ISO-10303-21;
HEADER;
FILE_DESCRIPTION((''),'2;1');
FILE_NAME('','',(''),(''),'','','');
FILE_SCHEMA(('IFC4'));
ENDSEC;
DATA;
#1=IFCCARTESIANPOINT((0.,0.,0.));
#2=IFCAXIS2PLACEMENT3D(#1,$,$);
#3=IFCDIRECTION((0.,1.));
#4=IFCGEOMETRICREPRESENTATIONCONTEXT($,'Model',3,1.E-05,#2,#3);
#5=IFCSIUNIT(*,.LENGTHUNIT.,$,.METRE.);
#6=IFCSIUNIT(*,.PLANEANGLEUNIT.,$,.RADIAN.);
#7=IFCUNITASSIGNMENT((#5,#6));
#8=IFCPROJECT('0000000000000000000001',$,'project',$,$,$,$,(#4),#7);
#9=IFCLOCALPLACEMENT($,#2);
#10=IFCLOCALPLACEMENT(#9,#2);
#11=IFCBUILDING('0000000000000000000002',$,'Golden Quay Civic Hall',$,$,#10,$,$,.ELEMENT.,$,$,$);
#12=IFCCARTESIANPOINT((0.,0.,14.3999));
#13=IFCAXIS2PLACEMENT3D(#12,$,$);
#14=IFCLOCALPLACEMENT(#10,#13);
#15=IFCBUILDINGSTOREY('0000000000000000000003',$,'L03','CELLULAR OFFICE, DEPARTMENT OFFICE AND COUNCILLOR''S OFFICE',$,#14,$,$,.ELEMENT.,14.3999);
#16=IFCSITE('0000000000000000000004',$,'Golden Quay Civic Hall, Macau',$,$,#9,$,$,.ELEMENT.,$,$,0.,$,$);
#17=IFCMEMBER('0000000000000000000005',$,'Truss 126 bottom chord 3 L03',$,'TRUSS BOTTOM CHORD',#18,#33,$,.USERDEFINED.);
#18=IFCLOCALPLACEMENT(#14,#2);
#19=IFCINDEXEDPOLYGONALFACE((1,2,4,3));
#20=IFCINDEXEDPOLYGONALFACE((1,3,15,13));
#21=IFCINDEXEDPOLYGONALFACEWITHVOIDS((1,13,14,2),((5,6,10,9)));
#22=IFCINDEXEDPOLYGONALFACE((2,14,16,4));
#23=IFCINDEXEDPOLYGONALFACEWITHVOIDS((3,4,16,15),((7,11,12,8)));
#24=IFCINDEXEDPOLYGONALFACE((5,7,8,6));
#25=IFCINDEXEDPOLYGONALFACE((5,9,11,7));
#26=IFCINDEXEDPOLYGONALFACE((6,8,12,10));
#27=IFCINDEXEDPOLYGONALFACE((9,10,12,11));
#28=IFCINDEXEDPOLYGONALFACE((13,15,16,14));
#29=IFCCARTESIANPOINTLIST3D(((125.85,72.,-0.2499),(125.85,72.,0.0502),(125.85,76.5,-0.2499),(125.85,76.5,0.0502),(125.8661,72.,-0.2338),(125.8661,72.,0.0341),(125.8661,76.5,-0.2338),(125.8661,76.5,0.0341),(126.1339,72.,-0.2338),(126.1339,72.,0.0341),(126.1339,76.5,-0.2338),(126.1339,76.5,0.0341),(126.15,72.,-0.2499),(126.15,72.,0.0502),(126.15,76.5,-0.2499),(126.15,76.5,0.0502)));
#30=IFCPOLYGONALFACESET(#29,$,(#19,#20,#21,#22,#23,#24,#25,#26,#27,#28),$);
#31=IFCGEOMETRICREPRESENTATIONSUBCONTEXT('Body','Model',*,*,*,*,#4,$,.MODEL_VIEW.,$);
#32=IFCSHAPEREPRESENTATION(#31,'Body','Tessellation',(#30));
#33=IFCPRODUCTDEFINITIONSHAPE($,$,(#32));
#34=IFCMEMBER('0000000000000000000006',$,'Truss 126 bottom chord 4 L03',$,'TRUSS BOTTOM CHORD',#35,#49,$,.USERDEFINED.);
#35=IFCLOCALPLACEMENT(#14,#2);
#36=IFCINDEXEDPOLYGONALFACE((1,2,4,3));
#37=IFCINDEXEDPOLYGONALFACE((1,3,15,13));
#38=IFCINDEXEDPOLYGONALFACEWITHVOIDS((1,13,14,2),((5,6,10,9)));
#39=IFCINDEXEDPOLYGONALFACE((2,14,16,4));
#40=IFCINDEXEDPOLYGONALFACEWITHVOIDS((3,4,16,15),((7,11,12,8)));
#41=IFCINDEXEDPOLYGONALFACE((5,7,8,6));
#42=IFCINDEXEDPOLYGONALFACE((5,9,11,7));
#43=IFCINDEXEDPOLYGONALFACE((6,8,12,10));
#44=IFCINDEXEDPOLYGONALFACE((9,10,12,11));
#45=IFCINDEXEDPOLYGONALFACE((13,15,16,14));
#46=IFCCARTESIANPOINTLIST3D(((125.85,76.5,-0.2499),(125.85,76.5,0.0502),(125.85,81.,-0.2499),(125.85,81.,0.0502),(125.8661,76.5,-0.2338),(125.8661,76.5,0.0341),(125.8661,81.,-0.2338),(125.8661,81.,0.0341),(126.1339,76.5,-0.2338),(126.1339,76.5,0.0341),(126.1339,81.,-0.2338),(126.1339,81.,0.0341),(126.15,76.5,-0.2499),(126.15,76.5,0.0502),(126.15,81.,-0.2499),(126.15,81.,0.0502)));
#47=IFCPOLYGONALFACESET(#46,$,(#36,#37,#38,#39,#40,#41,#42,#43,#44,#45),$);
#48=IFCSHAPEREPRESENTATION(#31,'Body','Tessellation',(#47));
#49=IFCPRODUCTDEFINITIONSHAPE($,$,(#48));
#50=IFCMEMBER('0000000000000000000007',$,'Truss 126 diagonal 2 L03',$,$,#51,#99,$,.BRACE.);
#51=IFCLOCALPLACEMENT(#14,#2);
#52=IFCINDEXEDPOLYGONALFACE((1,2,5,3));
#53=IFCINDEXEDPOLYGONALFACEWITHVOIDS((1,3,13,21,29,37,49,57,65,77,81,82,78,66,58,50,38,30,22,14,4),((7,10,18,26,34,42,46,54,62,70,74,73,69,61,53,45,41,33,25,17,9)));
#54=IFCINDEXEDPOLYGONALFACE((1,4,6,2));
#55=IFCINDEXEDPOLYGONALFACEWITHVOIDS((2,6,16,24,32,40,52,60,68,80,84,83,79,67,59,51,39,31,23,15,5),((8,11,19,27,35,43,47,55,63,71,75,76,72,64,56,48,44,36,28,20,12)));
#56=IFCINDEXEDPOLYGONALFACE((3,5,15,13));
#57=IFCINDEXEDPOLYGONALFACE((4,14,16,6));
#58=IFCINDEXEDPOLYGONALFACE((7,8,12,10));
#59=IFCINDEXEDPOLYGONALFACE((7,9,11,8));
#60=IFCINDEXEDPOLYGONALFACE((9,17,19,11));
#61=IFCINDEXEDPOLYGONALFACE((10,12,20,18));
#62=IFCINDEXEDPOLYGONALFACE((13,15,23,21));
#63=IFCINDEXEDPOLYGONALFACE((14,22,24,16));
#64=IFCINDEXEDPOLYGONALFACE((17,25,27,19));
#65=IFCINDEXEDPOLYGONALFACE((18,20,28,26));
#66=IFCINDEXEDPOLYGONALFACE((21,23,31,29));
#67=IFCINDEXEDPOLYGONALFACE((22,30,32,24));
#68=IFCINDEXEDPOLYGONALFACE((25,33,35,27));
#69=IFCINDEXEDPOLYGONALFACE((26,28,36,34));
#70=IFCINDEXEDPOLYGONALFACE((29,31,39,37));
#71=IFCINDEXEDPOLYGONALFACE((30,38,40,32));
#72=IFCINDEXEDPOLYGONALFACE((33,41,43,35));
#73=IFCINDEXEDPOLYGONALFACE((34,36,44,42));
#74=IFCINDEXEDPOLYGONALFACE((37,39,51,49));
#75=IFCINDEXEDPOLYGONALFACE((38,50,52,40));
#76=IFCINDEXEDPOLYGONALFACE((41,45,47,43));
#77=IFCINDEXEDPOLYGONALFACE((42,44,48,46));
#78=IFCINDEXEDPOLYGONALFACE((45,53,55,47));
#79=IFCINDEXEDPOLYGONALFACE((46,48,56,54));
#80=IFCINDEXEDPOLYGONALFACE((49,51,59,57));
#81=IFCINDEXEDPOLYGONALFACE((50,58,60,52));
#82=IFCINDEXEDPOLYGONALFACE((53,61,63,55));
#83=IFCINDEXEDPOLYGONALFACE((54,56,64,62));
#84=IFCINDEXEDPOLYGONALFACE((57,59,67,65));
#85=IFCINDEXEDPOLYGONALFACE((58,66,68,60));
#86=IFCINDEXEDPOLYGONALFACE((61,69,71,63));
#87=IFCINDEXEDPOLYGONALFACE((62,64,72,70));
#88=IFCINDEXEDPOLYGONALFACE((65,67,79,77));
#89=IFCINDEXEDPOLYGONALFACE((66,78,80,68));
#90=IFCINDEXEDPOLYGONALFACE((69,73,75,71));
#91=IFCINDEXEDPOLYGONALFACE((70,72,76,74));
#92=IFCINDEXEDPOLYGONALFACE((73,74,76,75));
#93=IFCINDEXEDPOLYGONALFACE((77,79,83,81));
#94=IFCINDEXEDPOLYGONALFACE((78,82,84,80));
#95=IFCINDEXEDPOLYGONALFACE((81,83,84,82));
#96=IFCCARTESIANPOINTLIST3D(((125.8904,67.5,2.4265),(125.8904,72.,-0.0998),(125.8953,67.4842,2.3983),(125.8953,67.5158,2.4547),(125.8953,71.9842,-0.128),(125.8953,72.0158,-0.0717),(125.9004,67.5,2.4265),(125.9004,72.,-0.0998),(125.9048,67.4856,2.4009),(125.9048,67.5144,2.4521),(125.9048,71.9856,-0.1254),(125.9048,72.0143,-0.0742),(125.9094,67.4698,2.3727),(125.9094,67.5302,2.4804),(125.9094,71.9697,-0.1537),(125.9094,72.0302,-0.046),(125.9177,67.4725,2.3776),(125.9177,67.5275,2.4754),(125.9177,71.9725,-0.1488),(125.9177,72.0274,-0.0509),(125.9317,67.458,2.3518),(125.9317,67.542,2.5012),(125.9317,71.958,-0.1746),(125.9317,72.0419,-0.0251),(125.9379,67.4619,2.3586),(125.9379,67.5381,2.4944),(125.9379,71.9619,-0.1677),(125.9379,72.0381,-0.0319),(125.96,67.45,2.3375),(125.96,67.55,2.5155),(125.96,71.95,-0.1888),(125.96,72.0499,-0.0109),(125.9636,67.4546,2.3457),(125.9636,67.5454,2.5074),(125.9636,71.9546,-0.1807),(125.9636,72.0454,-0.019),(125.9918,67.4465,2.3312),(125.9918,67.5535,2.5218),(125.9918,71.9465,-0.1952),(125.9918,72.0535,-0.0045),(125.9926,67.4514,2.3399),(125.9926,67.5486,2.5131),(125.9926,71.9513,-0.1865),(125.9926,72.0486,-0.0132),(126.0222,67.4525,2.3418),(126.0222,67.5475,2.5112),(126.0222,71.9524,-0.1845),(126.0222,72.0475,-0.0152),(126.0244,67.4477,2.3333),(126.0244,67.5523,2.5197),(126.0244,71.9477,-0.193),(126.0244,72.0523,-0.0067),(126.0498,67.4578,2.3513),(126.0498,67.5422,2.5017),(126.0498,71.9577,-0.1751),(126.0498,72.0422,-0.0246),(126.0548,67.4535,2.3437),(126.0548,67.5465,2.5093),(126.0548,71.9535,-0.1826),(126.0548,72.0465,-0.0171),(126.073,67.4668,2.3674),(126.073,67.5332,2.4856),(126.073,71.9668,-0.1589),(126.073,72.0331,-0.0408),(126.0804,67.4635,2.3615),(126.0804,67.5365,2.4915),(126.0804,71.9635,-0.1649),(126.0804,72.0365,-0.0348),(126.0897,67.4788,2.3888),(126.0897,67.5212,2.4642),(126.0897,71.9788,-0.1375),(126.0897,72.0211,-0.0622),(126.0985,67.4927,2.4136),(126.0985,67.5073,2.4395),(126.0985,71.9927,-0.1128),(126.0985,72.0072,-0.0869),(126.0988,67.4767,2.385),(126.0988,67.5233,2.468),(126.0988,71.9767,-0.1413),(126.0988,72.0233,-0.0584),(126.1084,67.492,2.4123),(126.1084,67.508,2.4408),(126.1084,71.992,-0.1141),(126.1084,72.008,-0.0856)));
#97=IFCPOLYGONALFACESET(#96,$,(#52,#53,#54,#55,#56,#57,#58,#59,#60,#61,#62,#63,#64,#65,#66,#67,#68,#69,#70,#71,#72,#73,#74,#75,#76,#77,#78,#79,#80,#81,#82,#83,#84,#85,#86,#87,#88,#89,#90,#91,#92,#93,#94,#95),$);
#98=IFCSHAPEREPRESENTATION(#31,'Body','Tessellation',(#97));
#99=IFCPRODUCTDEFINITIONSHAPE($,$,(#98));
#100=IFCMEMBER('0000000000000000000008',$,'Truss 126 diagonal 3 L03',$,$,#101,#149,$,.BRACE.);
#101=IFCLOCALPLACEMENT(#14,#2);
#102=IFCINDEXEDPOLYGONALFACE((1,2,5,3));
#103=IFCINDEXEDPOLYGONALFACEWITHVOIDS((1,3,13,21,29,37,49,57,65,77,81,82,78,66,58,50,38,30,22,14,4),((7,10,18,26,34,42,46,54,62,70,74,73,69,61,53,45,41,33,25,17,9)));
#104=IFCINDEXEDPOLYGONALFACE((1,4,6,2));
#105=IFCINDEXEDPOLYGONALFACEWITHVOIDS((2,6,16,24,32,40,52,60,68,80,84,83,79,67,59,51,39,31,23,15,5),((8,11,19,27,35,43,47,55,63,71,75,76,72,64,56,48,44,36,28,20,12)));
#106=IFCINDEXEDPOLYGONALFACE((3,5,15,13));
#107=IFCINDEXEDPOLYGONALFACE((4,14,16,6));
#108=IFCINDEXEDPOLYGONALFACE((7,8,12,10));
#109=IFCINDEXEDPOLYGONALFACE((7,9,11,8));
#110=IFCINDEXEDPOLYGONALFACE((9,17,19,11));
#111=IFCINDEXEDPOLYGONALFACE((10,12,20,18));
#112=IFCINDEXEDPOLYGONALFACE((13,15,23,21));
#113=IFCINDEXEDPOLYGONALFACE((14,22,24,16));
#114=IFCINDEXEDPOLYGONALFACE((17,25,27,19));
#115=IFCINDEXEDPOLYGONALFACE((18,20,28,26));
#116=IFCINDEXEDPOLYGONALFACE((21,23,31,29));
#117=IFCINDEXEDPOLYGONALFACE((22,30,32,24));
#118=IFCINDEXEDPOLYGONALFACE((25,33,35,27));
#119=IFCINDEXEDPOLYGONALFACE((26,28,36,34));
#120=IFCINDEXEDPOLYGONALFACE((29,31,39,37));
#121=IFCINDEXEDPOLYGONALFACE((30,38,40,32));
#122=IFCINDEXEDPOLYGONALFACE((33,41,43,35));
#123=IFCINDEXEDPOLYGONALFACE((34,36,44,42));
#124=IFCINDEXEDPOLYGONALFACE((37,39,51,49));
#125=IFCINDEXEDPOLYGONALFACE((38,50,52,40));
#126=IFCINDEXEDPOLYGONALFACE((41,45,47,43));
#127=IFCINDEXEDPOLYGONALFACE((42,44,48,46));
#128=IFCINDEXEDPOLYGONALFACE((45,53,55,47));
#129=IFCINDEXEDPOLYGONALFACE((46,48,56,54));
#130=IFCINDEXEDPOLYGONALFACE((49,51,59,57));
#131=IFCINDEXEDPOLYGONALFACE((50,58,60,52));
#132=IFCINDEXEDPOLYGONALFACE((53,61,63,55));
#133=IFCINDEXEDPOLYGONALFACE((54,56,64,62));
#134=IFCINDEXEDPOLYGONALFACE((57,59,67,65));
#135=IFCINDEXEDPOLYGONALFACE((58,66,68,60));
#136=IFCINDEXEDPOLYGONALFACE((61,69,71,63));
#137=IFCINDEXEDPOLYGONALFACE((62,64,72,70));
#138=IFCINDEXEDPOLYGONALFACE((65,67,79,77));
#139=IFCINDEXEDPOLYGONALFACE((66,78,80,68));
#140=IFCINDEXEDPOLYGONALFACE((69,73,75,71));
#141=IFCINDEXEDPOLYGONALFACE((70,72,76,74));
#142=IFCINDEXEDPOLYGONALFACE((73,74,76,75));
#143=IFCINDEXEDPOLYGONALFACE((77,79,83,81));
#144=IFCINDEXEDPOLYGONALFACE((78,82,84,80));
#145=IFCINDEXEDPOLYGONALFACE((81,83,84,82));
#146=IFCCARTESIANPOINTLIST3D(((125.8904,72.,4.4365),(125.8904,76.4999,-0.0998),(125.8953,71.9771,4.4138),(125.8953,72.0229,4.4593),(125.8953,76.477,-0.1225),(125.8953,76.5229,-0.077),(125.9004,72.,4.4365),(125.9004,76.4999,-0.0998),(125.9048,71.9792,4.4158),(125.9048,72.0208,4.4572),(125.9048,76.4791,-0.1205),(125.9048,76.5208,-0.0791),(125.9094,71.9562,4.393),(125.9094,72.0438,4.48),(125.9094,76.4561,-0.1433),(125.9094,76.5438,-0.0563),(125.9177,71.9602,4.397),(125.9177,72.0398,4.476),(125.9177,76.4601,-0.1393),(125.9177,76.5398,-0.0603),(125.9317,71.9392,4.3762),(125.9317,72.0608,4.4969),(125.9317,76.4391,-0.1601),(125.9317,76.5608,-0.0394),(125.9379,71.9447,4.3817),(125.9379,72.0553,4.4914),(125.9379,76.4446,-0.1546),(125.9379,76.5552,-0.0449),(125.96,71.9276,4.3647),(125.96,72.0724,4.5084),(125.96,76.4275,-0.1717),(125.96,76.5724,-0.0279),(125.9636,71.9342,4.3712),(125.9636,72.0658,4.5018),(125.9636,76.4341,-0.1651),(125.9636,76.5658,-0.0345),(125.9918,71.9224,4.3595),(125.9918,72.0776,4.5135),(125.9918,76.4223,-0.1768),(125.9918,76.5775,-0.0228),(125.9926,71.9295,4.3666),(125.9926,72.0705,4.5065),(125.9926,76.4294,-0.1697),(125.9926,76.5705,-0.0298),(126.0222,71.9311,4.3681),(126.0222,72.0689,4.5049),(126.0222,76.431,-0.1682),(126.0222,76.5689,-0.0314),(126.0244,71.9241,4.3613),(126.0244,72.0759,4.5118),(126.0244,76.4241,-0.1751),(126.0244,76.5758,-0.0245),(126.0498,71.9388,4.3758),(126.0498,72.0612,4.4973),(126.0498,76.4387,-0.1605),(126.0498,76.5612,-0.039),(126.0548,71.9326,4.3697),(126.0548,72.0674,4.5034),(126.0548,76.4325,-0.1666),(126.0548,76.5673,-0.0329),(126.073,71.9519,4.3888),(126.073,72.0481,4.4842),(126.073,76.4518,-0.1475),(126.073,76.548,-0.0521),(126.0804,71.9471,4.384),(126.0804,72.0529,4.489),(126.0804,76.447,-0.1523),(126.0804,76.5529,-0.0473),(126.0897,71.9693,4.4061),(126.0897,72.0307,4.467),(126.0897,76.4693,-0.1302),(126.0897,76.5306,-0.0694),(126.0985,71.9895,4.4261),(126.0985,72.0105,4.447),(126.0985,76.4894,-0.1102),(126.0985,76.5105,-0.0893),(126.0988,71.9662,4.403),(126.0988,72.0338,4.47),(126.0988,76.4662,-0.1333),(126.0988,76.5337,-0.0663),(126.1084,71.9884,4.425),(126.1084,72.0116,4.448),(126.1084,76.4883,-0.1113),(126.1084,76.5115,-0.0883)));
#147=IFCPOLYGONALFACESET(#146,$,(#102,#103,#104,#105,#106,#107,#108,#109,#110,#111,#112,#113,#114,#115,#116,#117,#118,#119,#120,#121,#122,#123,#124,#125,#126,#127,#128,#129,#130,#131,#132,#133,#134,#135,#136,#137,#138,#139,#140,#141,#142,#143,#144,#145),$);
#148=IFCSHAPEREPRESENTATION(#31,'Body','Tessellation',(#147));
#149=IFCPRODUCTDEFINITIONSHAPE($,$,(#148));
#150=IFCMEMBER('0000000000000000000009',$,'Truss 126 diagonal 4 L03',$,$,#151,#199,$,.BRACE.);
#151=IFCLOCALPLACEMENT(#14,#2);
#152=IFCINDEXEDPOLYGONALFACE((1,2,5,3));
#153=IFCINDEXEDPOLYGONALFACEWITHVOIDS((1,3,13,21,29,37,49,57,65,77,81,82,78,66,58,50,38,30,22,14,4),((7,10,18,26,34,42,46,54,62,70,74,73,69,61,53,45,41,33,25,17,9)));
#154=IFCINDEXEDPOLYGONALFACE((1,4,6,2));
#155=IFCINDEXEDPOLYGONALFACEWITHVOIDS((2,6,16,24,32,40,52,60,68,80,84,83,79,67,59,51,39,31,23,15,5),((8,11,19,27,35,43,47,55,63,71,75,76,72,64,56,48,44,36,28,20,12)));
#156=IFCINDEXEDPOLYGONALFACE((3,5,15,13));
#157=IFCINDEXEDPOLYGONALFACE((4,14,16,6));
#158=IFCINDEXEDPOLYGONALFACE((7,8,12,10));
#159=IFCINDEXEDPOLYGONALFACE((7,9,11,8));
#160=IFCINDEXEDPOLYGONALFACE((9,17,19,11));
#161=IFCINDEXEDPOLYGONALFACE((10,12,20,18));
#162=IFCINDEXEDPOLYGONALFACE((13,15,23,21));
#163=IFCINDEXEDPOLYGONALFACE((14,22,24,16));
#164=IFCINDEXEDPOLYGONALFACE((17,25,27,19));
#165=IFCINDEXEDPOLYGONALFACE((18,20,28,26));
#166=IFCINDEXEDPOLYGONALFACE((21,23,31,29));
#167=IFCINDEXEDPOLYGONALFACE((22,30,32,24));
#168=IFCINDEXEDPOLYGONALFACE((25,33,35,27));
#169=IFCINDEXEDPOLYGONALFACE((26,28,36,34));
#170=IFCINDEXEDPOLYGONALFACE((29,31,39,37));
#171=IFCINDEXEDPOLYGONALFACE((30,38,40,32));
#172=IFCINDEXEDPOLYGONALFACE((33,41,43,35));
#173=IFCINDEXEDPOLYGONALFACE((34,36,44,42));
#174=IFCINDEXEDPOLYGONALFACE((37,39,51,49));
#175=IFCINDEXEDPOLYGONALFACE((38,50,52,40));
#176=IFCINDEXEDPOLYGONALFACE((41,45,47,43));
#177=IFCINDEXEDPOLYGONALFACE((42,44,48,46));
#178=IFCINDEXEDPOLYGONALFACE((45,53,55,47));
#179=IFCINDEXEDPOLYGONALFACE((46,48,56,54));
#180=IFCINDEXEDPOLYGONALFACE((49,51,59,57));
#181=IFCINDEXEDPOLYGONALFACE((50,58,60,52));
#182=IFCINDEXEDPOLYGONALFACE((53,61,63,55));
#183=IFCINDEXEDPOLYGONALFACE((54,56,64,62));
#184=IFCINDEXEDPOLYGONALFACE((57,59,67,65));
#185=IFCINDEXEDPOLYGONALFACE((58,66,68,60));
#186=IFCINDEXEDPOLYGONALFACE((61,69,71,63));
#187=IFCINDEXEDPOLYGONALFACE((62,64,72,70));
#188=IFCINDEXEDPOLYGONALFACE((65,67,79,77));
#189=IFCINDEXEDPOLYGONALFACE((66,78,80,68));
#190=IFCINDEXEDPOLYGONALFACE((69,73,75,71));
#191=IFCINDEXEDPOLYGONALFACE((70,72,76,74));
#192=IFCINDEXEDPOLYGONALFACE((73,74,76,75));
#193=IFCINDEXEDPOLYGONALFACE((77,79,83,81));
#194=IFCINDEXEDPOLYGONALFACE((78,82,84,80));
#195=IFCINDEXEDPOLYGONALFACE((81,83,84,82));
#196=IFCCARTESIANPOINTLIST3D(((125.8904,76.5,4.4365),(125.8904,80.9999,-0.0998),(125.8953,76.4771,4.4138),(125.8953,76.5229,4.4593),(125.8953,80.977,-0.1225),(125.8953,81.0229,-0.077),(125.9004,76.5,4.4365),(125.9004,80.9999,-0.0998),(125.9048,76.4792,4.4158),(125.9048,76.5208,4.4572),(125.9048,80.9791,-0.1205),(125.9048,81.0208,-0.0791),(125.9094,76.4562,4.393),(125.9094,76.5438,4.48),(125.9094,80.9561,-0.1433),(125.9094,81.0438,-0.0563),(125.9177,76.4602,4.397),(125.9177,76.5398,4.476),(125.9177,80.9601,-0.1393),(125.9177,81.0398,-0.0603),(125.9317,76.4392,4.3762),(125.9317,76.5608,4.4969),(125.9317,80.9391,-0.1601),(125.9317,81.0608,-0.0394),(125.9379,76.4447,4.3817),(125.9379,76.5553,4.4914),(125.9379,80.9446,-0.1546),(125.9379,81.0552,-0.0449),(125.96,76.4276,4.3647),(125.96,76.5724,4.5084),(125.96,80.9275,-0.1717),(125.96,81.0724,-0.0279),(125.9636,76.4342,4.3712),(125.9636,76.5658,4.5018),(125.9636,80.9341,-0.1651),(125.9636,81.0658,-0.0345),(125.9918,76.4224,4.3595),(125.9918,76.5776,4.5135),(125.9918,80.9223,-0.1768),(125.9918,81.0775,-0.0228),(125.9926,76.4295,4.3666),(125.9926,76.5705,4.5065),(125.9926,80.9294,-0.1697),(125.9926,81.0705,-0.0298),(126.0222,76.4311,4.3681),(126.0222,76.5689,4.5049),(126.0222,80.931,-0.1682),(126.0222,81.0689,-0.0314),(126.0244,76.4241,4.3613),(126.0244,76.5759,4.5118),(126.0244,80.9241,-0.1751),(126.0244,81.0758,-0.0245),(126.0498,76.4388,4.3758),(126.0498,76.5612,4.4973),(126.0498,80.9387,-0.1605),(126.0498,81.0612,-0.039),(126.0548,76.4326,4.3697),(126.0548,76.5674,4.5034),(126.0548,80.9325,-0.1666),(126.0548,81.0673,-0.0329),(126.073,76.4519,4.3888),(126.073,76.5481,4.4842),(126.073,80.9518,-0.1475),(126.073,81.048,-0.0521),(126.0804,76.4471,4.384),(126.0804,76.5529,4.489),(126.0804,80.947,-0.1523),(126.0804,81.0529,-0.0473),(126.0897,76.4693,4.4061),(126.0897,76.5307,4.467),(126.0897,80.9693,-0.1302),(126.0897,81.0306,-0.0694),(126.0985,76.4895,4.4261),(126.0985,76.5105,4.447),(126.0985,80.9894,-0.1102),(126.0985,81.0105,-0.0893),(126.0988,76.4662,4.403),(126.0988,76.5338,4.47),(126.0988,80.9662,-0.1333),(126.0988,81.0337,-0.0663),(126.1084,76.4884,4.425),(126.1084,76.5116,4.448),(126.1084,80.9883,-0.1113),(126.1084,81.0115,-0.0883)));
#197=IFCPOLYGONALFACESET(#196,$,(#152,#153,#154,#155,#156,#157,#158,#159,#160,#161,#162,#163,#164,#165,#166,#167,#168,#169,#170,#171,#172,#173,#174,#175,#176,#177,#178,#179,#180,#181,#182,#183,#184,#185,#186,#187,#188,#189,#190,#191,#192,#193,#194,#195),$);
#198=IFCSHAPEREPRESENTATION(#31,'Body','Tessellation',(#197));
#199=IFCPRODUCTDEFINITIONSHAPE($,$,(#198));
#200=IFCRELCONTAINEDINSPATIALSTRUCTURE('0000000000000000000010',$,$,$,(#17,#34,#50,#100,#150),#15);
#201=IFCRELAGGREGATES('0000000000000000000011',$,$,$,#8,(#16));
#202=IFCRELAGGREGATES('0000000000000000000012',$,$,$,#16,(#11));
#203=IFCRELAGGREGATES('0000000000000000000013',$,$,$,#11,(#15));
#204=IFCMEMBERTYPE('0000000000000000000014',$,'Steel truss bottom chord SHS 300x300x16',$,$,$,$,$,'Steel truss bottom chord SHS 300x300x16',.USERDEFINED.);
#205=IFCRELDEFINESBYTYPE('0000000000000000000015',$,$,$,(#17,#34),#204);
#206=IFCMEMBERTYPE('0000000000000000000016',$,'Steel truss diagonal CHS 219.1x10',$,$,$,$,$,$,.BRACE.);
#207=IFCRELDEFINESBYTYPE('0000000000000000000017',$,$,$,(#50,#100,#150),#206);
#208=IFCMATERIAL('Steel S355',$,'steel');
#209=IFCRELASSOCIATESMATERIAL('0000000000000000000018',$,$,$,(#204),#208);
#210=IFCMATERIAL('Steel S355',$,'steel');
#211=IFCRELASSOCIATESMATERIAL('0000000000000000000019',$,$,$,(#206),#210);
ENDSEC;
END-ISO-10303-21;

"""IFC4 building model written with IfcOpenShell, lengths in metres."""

from ifc_helpers import new_model, si_unit, direction, frame, origin, origin_2d, place, context, subcontext, project, spatial, hollow_rectangle, hollow_circle, extrude, material, material_profile, profile_set, type_object, element, save


model = new_model("IFC4")

# Units and contexts
model_context = context("Model", 3, precision=1e-05, world=origin(), true_north=direction((0.0, 1.0)))
body_context = subcontext(model_context, "Body", "Model", "MODEL_VIEW")
ifc_project = project(units=[si_unit("LENGTHUNIT", "METRE"), si_unit("PLANEANGLEUNIT", "RADIAN")], contexts=[model_context])

# Site, building, storey
site_placement = place(None, origin())
site = spatial("IfcSite", under=ifc_project, at=site_placement, Name="Golden Quay Civic Hall, Macau", CompositionType="ELEMENT", RefElevation=0.0)
building_placement = place(site_placement, origin())
building = spatial("IfcBuilding", under=site, at=building_placement, Name="Golden Quay Civic Hall", CompositionType="ELEMENT")
storey_placement = place(building_placement, frame((0.0, 0.0, 14.3999)))
storey = spatial("IfcBuildingStorey", under=building, at=storey_placement, Name="L03", Description="CELLULAR OFFICE, DEPARTMENT OFFICE AND COUNCILLOR'S OFFICE", CompositionType="ELEMENT", Elevation=14.3999)

# Members
ifc_material_1 = material(Name="Steel S355", Category="steel")
ifc_material_profile_1 = material_profile(ifc_material_1, hollow_rectangle(XDim=0.3, YDim=0.3, WallThickness=0.0161, at=origin_2d()), Name="SHS 300x300x16")
ifc_profile_set_1 = profile_set([ifc_material_profile_1], Name="Steel S355")
member_type_1 = type_object("IfcMemberType", Name="Steel truss bottom chord SHS 300x300x16", ElementType="Steel truss bottom chord SHS 300x300x16", PredefinedType="USERDEFINED", material=ifc_profile_set_1)
for number, where, z_axis, x_axis, name in (
    (1, (126.0, 72.0, -0.0999), (0.0, 1.0, 0.0), (-1.0, 0.0, 0.0), "Truss 126 bottom chord 3 L03"),
    (2, (126.0, 76.5, -0.0999), (0.0, 1.0, 0.0), (-1.0, 0.0, 0.0), "Truss 126 bottom chord 4 L03"),
):
    element("IfcMember", number, at=place(storey_placement, frame(where, z_axis=z_axis, x_axis=x_axis)), inside=storey, type_object=member_type_1, Name=name, ObjectType="TRUSS BOTTOM CHORD", PredefinedType="USERDEFINED", context=body_context, shape_type="SweptSolid", body=[
        extrude(hollow_rectangle(XDim=0.3, YDim=0.3, WallThickness=0.0161, at=origin_2d()), origin(), (0.0, 0.0, 1.0), 4.5),
    ])
ifc_material_2 = material(Name="Steel S355", Category="steel")
ifc_material_profile_2 = material_profile(ifc_material_2, hollow_circle(Radius=0.1096, WallThickness=0.01, at=origin_2d()), Name="CHS 219.1x10")
ifc_profile_set_2 = profile_set([ifc_material_profile_2], Name="Steel S355")
member_type_2 = type_object("IfcMemberType", Name="Steel truss diagonal CHS 219.1x10", PredefinedType="BRACE", material=ifc_profile_set_2)
member_1_placement = place(storey_placement, frame((126.0, 67.5, 2.4265), z_axis=(0.0, 0.87198, -0.489542), x_axis=(-1.0, 0.0, 0.0)))
element("IfcMember", 3, at=member_1_placement, inside=storey, type_object=member_type_2, Name="Truss 126 diagonal 2 L03", PredefinedType="BRACE", context=body_context, shape_type="SweptSolid", body=[
    extrude(hollow_circle(Radius=0.1096, WallThickness=0.01, at=origin_2d()), origin(), (0.0, 0.0, 1.0), 5.1606),
])
for number, where, z_axis, x_axis, name in (
    (4, (126.0, 72.0, 4.4365), (0.0, 0.704255, -0.709948), (-1.0, 0.0, 0.0), "Truss 126 diagonal 3 L03"),
    (5, (126.0, 76.5, 4.4365), (0.0, 0.704255, -0.709948), (-1.0, 0.0, 0.0), "Truss 126 diagonal 4 L03"),
):
    element("IfcMember", number, at=place(storey_placement, frame(where, z_axis=z_axis, x_axis=x_axis)), inside=storey, type_object=member_type_2, Name=name, PredefinedType="BRACE", context=body_context, shape_type="SweptSolid", body=[
        extrude(hollow_circle(Radius=0.1096, WallThickness=0.01, at=origin_2d()), origin(), (0.0, 0.0, 1.0), 6.3896),
    ])

save(model, "model.ifc")
